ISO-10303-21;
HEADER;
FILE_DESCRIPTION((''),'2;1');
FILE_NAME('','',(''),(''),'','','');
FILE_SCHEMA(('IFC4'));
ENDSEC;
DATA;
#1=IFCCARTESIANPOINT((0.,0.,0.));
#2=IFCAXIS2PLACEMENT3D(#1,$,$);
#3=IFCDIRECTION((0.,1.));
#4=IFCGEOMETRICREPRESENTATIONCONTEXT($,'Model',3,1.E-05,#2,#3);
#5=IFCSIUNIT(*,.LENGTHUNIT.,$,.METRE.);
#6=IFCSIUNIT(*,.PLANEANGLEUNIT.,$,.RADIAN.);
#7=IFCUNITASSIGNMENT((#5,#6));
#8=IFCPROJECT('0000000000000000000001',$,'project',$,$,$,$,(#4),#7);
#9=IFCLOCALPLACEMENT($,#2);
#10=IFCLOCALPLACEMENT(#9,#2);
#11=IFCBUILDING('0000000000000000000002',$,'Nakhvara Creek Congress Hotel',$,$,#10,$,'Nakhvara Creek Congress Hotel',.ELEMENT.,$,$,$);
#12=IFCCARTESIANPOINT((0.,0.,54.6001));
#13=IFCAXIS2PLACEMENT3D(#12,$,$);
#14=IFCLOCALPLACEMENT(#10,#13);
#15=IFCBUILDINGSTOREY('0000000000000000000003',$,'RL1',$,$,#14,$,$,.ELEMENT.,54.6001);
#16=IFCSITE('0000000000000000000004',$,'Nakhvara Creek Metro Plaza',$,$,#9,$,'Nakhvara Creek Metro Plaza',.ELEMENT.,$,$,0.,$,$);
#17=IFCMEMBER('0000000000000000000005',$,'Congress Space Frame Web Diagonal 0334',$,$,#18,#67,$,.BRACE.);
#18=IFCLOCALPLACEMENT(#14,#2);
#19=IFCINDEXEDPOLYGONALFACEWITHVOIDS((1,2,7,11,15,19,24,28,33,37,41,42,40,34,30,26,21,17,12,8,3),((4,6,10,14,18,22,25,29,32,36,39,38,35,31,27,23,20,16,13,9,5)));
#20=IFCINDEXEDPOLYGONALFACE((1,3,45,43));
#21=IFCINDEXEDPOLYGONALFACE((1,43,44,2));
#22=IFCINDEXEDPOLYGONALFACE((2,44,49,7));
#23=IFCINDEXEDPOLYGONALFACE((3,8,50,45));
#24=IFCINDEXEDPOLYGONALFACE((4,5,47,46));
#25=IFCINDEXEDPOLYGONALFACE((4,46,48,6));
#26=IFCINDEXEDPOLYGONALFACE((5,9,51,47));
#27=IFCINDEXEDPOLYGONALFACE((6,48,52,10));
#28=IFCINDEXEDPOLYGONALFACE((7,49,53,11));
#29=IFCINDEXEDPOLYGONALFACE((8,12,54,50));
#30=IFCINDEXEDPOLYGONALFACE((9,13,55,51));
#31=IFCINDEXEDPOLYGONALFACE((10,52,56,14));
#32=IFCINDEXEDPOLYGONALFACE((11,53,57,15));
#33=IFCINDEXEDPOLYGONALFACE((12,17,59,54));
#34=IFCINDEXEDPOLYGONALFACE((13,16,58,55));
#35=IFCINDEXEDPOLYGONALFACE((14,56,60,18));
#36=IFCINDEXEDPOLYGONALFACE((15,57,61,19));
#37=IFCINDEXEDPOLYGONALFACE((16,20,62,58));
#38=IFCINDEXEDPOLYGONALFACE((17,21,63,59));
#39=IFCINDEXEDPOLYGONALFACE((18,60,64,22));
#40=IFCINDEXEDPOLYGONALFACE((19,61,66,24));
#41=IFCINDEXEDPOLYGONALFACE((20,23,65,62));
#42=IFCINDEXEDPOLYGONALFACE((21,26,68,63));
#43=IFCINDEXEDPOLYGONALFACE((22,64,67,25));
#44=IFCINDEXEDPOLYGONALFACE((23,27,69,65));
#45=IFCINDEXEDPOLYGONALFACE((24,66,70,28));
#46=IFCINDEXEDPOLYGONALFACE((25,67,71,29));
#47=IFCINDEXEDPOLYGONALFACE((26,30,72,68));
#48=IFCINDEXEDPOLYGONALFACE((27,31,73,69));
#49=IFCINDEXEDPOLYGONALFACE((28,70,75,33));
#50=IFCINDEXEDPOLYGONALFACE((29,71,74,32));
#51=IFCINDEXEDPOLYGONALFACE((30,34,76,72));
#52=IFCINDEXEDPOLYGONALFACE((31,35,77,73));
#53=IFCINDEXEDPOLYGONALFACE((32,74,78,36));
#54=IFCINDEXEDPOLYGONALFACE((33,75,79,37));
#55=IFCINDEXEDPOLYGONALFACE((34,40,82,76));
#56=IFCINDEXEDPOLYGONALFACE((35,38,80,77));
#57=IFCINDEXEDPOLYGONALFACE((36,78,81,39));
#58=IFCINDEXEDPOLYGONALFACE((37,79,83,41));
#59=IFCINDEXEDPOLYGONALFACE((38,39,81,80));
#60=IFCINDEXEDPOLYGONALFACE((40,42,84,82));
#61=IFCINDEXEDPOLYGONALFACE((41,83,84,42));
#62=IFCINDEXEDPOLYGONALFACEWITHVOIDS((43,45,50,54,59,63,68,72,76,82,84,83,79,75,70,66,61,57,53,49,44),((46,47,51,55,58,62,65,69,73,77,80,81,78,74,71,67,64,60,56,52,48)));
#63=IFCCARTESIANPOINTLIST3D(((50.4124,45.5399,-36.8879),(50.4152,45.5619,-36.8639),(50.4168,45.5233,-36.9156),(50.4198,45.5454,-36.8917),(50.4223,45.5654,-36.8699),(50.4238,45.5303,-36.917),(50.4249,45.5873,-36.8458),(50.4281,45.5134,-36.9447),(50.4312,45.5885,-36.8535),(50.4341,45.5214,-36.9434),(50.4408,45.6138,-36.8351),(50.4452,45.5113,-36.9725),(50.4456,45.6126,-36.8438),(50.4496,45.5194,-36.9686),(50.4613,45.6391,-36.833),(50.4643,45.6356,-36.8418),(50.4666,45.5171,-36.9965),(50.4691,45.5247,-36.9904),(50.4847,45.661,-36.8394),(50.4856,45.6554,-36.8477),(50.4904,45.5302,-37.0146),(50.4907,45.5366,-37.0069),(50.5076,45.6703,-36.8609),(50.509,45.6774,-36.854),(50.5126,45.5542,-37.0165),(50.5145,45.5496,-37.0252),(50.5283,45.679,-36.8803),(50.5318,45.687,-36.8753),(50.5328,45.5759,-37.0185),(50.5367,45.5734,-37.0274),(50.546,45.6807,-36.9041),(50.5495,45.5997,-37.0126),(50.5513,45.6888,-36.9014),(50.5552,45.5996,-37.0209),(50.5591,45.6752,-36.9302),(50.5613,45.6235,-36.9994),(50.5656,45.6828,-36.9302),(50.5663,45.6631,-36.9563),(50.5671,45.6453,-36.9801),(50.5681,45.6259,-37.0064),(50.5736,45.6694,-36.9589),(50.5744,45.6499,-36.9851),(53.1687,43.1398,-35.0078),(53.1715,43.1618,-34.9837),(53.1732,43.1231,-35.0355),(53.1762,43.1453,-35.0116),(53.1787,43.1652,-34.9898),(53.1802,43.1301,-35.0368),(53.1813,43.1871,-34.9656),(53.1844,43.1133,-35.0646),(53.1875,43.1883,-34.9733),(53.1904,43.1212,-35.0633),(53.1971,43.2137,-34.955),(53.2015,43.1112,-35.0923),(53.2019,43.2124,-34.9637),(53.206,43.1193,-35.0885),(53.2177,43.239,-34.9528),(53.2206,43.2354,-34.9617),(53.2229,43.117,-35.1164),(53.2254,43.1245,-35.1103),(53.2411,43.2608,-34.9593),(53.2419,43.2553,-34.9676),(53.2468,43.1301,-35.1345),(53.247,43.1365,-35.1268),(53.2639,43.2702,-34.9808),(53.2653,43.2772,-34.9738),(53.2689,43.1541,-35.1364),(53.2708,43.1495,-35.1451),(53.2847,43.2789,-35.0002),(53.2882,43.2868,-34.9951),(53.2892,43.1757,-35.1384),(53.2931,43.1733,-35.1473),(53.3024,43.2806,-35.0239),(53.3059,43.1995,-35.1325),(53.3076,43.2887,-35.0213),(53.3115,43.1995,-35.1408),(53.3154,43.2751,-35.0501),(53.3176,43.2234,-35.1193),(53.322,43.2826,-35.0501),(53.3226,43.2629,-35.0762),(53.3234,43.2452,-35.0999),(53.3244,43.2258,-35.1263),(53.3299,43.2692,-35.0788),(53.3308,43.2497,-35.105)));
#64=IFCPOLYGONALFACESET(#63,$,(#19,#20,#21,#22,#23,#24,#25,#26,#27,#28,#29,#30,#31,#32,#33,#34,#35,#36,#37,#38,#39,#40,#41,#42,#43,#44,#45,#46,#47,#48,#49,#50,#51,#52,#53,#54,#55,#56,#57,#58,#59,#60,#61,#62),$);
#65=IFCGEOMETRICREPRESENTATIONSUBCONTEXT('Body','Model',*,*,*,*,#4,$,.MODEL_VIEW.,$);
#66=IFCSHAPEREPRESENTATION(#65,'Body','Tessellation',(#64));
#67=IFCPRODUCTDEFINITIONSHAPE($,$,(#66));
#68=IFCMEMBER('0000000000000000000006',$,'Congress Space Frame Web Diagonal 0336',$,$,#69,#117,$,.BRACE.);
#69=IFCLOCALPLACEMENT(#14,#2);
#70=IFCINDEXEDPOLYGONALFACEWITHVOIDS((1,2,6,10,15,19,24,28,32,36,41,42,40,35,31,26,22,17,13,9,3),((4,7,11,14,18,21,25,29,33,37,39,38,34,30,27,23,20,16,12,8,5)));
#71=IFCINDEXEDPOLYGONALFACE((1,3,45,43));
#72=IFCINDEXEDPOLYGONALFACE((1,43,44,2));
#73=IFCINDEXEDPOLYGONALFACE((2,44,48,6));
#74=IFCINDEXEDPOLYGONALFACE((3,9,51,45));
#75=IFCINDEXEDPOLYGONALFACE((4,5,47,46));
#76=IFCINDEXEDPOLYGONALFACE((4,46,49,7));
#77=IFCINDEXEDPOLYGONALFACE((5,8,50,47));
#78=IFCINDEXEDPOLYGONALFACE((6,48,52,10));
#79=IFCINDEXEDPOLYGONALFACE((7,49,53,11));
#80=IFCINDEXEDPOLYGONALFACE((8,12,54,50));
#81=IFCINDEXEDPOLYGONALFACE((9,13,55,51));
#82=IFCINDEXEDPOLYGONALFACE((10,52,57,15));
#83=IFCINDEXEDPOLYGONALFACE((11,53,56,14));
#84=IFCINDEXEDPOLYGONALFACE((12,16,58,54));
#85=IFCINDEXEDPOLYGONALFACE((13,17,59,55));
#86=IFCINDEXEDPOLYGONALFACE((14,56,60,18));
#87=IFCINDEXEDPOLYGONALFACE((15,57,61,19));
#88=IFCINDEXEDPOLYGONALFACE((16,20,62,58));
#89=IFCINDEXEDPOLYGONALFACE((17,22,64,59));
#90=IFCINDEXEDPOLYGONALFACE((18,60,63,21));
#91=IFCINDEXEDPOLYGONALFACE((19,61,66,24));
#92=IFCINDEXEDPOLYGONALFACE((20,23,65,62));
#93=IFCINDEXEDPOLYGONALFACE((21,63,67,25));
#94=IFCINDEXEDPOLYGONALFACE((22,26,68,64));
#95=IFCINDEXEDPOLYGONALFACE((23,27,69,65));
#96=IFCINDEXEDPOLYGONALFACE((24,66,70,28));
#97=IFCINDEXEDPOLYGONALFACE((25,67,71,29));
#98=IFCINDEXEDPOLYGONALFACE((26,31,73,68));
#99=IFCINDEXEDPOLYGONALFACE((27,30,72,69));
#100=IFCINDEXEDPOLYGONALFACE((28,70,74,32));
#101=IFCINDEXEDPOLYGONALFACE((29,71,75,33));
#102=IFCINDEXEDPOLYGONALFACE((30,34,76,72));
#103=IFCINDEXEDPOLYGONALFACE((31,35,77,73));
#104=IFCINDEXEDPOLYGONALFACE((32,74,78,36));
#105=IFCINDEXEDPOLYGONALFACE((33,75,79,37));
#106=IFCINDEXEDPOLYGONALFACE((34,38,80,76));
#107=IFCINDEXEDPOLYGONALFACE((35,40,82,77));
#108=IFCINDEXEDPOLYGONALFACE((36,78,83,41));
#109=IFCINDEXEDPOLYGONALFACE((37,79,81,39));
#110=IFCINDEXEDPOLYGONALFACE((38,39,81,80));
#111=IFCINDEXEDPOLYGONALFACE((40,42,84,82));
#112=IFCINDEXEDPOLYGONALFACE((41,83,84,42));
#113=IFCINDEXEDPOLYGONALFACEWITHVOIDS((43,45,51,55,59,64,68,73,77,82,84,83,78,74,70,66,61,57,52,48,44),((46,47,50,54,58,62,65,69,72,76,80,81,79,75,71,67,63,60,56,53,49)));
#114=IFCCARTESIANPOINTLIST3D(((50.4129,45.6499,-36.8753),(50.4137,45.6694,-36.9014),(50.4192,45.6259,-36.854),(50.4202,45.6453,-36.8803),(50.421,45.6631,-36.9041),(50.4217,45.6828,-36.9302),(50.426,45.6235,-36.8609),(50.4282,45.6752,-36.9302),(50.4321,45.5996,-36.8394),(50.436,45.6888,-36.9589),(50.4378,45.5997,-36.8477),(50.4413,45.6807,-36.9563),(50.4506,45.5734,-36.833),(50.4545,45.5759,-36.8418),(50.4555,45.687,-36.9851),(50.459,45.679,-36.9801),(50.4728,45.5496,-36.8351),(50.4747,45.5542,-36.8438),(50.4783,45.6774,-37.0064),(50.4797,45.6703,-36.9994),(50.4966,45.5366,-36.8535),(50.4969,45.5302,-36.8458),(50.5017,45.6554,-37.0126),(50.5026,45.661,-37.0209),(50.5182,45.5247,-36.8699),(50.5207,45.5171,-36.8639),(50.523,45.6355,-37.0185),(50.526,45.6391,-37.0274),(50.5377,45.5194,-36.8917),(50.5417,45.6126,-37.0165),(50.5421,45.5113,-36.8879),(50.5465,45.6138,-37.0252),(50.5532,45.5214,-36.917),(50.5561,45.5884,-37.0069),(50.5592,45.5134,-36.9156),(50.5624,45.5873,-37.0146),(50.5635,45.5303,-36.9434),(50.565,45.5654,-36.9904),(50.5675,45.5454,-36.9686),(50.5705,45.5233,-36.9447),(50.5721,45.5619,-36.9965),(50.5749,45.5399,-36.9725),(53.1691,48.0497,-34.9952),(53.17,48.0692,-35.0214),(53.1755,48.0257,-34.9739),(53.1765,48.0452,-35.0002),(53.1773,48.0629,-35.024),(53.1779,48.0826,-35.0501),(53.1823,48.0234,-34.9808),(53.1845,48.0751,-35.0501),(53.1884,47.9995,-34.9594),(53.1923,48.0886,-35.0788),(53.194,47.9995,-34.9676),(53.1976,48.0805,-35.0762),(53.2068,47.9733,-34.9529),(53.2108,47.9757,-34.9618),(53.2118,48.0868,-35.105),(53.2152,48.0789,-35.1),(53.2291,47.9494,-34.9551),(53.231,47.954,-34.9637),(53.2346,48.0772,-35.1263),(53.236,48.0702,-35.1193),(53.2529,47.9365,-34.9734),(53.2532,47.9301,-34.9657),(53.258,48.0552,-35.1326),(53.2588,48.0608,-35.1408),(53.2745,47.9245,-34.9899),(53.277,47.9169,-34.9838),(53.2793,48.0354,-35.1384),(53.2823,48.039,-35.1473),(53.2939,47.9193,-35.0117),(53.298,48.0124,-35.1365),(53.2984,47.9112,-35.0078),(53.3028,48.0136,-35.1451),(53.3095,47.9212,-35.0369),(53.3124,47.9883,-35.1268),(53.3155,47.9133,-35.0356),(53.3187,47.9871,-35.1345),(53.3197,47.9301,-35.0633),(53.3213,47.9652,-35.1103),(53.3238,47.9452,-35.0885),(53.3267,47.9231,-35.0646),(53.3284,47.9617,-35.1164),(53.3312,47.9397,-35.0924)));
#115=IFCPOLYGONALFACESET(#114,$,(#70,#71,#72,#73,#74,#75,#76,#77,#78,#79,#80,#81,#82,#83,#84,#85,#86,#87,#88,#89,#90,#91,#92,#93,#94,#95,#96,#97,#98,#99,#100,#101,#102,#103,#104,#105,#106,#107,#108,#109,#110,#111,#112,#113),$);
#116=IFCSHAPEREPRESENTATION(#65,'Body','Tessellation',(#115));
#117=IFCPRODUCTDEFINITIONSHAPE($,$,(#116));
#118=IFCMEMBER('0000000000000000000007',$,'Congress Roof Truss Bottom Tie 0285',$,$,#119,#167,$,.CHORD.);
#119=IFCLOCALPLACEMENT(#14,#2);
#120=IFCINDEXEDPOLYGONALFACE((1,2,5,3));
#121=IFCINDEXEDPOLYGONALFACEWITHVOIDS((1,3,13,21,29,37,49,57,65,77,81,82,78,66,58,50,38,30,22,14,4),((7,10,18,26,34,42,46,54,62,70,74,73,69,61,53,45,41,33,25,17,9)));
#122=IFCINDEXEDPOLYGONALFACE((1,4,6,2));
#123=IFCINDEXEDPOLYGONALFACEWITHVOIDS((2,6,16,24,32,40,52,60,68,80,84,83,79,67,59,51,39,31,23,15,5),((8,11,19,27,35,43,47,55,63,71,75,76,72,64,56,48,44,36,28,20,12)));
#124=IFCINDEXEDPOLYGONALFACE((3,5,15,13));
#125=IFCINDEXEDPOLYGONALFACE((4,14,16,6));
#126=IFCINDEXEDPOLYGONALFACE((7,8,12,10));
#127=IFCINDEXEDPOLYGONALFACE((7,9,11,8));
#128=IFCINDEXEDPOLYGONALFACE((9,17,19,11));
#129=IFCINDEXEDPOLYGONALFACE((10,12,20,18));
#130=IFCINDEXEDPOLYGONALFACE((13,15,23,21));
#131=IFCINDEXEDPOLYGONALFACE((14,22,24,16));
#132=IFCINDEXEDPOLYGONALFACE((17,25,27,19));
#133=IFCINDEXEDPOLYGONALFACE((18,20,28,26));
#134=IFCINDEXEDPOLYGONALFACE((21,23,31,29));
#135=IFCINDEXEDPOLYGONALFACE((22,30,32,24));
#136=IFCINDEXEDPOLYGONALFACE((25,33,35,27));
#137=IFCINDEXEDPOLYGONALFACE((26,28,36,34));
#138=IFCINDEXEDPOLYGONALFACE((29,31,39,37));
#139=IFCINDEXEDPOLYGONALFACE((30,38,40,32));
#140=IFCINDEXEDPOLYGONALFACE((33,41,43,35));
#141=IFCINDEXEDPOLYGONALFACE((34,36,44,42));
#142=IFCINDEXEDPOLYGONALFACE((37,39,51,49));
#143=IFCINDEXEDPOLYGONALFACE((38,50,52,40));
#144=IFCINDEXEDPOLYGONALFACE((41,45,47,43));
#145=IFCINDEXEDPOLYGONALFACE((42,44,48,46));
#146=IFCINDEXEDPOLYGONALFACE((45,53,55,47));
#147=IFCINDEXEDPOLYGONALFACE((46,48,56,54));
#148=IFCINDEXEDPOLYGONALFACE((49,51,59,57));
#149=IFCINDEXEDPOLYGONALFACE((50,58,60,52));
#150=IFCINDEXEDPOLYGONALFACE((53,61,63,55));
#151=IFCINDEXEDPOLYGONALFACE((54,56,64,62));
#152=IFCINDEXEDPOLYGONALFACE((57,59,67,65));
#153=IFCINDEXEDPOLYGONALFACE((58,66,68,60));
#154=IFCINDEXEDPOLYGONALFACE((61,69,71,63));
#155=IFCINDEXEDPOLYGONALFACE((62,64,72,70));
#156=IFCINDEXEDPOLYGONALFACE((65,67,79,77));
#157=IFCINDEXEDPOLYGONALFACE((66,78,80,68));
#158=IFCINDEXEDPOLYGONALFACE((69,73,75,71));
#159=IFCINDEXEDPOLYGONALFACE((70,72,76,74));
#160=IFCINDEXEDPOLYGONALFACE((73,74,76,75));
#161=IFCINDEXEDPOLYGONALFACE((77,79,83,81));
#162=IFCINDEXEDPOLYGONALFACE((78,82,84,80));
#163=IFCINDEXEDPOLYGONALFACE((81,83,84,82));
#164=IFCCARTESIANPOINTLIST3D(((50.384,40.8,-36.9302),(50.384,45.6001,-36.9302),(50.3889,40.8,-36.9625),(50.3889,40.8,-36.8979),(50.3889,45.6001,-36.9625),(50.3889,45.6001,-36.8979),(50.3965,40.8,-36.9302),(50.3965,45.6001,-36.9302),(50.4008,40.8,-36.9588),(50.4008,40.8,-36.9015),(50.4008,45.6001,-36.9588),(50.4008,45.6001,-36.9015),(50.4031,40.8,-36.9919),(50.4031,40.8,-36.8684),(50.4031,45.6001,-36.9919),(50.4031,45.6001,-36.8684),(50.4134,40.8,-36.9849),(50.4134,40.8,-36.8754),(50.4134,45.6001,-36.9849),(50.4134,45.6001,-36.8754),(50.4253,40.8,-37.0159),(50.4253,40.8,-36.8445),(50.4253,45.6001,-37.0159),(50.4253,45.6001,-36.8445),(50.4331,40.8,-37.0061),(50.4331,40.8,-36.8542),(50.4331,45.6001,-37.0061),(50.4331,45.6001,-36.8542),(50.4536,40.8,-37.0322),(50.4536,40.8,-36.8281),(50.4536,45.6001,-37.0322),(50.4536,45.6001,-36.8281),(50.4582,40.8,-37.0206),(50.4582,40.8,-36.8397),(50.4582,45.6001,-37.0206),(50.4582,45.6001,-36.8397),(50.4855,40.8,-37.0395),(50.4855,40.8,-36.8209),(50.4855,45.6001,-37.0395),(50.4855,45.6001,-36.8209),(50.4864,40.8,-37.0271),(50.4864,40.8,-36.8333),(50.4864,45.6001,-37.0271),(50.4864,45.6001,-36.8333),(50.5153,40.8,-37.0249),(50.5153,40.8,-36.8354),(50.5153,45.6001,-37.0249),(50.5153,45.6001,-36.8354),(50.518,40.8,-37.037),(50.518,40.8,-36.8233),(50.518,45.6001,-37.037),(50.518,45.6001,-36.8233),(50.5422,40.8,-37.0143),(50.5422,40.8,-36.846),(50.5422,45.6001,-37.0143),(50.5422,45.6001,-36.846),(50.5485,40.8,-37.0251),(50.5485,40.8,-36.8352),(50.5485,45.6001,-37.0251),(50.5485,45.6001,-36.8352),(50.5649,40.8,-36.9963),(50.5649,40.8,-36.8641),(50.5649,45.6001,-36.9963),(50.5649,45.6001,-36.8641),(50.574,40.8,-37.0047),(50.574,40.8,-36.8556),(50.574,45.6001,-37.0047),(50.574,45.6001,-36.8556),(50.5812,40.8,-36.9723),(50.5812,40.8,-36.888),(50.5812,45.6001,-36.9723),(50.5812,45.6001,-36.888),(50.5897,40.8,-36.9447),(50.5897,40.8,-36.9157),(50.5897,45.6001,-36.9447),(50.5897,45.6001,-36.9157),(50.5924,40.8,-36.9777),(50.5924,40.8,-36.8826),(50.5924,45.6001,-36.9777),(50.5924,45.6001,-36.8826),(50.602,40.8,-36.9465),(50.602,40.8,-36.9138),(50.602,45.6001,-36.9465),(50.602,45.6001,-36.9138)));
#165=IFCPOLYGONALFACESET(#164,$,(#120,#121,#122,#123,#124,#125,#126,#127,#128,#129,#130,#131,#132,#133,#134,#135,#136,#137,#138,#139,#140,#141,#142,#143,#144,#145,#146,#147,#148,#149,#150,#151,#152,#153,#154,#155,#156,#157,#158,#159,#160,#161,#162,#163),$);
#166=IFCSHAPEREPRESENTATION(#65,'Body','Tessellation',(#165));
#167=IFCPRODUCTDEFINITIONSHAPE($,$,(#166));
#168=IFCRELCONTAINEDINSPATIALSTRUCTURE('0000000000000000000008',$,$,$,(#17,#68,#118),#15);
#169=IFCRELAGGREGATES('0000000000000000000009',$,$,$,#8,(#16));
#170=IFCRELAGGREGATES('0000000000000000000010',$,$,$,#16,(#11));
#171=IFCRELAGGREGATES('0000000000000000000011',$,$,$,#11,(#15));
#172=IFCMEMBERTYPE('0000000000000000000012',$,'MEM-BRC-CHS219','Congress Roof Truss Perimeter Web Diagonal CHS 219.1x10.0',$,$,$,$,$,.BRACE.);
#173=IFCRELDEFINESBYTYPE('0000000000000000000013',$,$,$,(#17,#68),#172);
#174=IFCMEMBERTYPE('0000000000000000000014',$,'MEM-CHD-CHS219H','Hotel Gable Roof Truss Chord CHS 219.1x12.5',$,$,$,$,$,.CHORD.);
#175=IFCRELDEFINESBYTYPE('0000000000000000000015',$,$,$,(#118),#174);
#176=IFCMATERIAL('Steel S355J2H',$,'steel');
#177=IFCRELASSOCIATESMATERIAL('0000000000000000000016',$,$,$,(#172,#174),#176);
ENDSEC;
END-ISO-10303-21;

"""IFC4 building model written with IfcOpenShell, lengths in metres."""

from ifc_helpers import new_model, si_unit, direction, frame, origin, origin_2d, place, context, subcontext, project, spatial, hollow_circle, extrude, material, material_profile, profile_set, type_object, element, save


model = new_model("IFC4")

# Units and contexts
model_context = context("Model", 3, precision=1e-05, world=origin(), true_north=direction((0.0, 1.0)))
body_context = subcontext(model_context, "Body", "Model", "MODEL_VIEW")
ifc_project = project(units=[si_unit("LENGTHUNIT", "METRE"), si_unit("PLANEANGLEUNIT", "RADIAN")], contexts=[model_context])

# Site, building, storey
site_placement = place(None, origin())
site = spatial("IfcSite", under=ifc_project, at=site_placement, Name="Nakhvara Creek Metro Plaza", LongName="Nakhvara Creek Metro Plaza", CompositionType="ELEMENT", RefElevation=0.0)
building_placement = place(site_placement, origin())
building = spatial("IfcBuilding", under=site, at=building_placement, Name="Nakhvara Creek Congress Hotel", LongName="Nakhvara Creek Congress Hotel", CompositionType="ELEMENT")
storey_placement = place(building_placement, frame((0.0, 0.0, 54.6001)))
storey = spatial("IfcBuildingStorey", under=building, at=storey_placement, Name="RL1", CompositionType="ELEMENT", Elevation=54.6001)

# Members
ifc_material_1 = material(Name="Steel S355J2H", Category="steel")
ifc_material_profile_1 = material_profile(ifc_material_1, hollow_circle(Radius=0.1096, WallThickness=0.01, at=origin_2d()), Name="CHS 219.1x10.0", Category="LoadBearing")
ifc_profile_set_1 = profile_set([ifc_material_profile_1], Name="Steel S355J2H")
member_type_1 = type_object("IfcMemberType", Name="MEM-BRC-CHS219", Description="Congress Roof Truss Perimeter Web Diagonal CHS 219.1x10.0", PredefinedType="BRACE", material=ifc_profile_set_1)
member_1_placement = place(storey_placement, frame((50.4937, 45.6001, -36.9302), z_axis=(0.670626, -0.583961, 0.457439), x_axis=(0.656696, 0.754155, 0.0)))
element("IfcMember", 1, at=member_1_placement, inside=storey, type_object=member_type_1, Name="Congress Space Frame Web Diagonal 0334", PredefinedType="BRACE", context=body_context, shape_type="SweptSolid", body=[
    extrude(hollow_circle(Radius=0.1096, WallThickness=0.01, at=origin_2d()), origin(), (0.0, 0.0, 1.0), 4.1101),
])
member_2_placement = place(storey_placement, frame((50.4937, 45.6001, -36.9302), z_axis=(0.670649, 0.583922, 0.457455), x_axis=(-0.656658, 0.754188, 0.0)))
element("IfcMember", 2, at=member_2_placement, inside=storey, type_object=member_type_1, Name="Congress Space Frame Web Diagonal 0336", PredefinedType="BRACE", context=body_context, shape_type="SweptSolid", body=[
    extrude(hollow_circle(Radius=0.1096, WallThickness=0.01, at=origin_2d()), origin(), (0.0, 0.0, 1.0), 4.1099),
])
ifc_material_profile_2 = material_profile(ifc_material_1, hollow_circle(Radius=0.1096, WallThickness=0.0125, at=origin_2d()), Name="CHS 219.1x12.5", Category="LoadBearing")
ifc_profile_set_2 = profile_set([ifc_material_profile_2], Name="Steel S355J2H")
member_type_2 = type_object("IfcMemberType", Name="MEM-CHD-CHS219H", Description="Hotel Gable Roof Truss Chord CHS 219.1x12.5", PredefinedType="CHORD", material=ifc_profile_set_2)
member_3_placement = place(storey_placement, frame((50.4937, 40.8, -36.9302), z_axis=(0.0, 1.0, 0.0), x_axis=(-1.0, 0.0, 0.0)))
element("IfcMember", 3, at=member_3_placement, inside=storey, type_object=member_type_2, Name="Congress Roof Truss Bottom Tie 0285", PredefinedType="CHORD", context=body_context, shape_type="SweptSolid", body=[
    extrude(hollow_circle(Radius=0.1096, WallThickness=0.0125, at=origin_2d()), origin(), (0.0, 0.0, 1.0), 4.8),
])

save(model, "model.ifc")
